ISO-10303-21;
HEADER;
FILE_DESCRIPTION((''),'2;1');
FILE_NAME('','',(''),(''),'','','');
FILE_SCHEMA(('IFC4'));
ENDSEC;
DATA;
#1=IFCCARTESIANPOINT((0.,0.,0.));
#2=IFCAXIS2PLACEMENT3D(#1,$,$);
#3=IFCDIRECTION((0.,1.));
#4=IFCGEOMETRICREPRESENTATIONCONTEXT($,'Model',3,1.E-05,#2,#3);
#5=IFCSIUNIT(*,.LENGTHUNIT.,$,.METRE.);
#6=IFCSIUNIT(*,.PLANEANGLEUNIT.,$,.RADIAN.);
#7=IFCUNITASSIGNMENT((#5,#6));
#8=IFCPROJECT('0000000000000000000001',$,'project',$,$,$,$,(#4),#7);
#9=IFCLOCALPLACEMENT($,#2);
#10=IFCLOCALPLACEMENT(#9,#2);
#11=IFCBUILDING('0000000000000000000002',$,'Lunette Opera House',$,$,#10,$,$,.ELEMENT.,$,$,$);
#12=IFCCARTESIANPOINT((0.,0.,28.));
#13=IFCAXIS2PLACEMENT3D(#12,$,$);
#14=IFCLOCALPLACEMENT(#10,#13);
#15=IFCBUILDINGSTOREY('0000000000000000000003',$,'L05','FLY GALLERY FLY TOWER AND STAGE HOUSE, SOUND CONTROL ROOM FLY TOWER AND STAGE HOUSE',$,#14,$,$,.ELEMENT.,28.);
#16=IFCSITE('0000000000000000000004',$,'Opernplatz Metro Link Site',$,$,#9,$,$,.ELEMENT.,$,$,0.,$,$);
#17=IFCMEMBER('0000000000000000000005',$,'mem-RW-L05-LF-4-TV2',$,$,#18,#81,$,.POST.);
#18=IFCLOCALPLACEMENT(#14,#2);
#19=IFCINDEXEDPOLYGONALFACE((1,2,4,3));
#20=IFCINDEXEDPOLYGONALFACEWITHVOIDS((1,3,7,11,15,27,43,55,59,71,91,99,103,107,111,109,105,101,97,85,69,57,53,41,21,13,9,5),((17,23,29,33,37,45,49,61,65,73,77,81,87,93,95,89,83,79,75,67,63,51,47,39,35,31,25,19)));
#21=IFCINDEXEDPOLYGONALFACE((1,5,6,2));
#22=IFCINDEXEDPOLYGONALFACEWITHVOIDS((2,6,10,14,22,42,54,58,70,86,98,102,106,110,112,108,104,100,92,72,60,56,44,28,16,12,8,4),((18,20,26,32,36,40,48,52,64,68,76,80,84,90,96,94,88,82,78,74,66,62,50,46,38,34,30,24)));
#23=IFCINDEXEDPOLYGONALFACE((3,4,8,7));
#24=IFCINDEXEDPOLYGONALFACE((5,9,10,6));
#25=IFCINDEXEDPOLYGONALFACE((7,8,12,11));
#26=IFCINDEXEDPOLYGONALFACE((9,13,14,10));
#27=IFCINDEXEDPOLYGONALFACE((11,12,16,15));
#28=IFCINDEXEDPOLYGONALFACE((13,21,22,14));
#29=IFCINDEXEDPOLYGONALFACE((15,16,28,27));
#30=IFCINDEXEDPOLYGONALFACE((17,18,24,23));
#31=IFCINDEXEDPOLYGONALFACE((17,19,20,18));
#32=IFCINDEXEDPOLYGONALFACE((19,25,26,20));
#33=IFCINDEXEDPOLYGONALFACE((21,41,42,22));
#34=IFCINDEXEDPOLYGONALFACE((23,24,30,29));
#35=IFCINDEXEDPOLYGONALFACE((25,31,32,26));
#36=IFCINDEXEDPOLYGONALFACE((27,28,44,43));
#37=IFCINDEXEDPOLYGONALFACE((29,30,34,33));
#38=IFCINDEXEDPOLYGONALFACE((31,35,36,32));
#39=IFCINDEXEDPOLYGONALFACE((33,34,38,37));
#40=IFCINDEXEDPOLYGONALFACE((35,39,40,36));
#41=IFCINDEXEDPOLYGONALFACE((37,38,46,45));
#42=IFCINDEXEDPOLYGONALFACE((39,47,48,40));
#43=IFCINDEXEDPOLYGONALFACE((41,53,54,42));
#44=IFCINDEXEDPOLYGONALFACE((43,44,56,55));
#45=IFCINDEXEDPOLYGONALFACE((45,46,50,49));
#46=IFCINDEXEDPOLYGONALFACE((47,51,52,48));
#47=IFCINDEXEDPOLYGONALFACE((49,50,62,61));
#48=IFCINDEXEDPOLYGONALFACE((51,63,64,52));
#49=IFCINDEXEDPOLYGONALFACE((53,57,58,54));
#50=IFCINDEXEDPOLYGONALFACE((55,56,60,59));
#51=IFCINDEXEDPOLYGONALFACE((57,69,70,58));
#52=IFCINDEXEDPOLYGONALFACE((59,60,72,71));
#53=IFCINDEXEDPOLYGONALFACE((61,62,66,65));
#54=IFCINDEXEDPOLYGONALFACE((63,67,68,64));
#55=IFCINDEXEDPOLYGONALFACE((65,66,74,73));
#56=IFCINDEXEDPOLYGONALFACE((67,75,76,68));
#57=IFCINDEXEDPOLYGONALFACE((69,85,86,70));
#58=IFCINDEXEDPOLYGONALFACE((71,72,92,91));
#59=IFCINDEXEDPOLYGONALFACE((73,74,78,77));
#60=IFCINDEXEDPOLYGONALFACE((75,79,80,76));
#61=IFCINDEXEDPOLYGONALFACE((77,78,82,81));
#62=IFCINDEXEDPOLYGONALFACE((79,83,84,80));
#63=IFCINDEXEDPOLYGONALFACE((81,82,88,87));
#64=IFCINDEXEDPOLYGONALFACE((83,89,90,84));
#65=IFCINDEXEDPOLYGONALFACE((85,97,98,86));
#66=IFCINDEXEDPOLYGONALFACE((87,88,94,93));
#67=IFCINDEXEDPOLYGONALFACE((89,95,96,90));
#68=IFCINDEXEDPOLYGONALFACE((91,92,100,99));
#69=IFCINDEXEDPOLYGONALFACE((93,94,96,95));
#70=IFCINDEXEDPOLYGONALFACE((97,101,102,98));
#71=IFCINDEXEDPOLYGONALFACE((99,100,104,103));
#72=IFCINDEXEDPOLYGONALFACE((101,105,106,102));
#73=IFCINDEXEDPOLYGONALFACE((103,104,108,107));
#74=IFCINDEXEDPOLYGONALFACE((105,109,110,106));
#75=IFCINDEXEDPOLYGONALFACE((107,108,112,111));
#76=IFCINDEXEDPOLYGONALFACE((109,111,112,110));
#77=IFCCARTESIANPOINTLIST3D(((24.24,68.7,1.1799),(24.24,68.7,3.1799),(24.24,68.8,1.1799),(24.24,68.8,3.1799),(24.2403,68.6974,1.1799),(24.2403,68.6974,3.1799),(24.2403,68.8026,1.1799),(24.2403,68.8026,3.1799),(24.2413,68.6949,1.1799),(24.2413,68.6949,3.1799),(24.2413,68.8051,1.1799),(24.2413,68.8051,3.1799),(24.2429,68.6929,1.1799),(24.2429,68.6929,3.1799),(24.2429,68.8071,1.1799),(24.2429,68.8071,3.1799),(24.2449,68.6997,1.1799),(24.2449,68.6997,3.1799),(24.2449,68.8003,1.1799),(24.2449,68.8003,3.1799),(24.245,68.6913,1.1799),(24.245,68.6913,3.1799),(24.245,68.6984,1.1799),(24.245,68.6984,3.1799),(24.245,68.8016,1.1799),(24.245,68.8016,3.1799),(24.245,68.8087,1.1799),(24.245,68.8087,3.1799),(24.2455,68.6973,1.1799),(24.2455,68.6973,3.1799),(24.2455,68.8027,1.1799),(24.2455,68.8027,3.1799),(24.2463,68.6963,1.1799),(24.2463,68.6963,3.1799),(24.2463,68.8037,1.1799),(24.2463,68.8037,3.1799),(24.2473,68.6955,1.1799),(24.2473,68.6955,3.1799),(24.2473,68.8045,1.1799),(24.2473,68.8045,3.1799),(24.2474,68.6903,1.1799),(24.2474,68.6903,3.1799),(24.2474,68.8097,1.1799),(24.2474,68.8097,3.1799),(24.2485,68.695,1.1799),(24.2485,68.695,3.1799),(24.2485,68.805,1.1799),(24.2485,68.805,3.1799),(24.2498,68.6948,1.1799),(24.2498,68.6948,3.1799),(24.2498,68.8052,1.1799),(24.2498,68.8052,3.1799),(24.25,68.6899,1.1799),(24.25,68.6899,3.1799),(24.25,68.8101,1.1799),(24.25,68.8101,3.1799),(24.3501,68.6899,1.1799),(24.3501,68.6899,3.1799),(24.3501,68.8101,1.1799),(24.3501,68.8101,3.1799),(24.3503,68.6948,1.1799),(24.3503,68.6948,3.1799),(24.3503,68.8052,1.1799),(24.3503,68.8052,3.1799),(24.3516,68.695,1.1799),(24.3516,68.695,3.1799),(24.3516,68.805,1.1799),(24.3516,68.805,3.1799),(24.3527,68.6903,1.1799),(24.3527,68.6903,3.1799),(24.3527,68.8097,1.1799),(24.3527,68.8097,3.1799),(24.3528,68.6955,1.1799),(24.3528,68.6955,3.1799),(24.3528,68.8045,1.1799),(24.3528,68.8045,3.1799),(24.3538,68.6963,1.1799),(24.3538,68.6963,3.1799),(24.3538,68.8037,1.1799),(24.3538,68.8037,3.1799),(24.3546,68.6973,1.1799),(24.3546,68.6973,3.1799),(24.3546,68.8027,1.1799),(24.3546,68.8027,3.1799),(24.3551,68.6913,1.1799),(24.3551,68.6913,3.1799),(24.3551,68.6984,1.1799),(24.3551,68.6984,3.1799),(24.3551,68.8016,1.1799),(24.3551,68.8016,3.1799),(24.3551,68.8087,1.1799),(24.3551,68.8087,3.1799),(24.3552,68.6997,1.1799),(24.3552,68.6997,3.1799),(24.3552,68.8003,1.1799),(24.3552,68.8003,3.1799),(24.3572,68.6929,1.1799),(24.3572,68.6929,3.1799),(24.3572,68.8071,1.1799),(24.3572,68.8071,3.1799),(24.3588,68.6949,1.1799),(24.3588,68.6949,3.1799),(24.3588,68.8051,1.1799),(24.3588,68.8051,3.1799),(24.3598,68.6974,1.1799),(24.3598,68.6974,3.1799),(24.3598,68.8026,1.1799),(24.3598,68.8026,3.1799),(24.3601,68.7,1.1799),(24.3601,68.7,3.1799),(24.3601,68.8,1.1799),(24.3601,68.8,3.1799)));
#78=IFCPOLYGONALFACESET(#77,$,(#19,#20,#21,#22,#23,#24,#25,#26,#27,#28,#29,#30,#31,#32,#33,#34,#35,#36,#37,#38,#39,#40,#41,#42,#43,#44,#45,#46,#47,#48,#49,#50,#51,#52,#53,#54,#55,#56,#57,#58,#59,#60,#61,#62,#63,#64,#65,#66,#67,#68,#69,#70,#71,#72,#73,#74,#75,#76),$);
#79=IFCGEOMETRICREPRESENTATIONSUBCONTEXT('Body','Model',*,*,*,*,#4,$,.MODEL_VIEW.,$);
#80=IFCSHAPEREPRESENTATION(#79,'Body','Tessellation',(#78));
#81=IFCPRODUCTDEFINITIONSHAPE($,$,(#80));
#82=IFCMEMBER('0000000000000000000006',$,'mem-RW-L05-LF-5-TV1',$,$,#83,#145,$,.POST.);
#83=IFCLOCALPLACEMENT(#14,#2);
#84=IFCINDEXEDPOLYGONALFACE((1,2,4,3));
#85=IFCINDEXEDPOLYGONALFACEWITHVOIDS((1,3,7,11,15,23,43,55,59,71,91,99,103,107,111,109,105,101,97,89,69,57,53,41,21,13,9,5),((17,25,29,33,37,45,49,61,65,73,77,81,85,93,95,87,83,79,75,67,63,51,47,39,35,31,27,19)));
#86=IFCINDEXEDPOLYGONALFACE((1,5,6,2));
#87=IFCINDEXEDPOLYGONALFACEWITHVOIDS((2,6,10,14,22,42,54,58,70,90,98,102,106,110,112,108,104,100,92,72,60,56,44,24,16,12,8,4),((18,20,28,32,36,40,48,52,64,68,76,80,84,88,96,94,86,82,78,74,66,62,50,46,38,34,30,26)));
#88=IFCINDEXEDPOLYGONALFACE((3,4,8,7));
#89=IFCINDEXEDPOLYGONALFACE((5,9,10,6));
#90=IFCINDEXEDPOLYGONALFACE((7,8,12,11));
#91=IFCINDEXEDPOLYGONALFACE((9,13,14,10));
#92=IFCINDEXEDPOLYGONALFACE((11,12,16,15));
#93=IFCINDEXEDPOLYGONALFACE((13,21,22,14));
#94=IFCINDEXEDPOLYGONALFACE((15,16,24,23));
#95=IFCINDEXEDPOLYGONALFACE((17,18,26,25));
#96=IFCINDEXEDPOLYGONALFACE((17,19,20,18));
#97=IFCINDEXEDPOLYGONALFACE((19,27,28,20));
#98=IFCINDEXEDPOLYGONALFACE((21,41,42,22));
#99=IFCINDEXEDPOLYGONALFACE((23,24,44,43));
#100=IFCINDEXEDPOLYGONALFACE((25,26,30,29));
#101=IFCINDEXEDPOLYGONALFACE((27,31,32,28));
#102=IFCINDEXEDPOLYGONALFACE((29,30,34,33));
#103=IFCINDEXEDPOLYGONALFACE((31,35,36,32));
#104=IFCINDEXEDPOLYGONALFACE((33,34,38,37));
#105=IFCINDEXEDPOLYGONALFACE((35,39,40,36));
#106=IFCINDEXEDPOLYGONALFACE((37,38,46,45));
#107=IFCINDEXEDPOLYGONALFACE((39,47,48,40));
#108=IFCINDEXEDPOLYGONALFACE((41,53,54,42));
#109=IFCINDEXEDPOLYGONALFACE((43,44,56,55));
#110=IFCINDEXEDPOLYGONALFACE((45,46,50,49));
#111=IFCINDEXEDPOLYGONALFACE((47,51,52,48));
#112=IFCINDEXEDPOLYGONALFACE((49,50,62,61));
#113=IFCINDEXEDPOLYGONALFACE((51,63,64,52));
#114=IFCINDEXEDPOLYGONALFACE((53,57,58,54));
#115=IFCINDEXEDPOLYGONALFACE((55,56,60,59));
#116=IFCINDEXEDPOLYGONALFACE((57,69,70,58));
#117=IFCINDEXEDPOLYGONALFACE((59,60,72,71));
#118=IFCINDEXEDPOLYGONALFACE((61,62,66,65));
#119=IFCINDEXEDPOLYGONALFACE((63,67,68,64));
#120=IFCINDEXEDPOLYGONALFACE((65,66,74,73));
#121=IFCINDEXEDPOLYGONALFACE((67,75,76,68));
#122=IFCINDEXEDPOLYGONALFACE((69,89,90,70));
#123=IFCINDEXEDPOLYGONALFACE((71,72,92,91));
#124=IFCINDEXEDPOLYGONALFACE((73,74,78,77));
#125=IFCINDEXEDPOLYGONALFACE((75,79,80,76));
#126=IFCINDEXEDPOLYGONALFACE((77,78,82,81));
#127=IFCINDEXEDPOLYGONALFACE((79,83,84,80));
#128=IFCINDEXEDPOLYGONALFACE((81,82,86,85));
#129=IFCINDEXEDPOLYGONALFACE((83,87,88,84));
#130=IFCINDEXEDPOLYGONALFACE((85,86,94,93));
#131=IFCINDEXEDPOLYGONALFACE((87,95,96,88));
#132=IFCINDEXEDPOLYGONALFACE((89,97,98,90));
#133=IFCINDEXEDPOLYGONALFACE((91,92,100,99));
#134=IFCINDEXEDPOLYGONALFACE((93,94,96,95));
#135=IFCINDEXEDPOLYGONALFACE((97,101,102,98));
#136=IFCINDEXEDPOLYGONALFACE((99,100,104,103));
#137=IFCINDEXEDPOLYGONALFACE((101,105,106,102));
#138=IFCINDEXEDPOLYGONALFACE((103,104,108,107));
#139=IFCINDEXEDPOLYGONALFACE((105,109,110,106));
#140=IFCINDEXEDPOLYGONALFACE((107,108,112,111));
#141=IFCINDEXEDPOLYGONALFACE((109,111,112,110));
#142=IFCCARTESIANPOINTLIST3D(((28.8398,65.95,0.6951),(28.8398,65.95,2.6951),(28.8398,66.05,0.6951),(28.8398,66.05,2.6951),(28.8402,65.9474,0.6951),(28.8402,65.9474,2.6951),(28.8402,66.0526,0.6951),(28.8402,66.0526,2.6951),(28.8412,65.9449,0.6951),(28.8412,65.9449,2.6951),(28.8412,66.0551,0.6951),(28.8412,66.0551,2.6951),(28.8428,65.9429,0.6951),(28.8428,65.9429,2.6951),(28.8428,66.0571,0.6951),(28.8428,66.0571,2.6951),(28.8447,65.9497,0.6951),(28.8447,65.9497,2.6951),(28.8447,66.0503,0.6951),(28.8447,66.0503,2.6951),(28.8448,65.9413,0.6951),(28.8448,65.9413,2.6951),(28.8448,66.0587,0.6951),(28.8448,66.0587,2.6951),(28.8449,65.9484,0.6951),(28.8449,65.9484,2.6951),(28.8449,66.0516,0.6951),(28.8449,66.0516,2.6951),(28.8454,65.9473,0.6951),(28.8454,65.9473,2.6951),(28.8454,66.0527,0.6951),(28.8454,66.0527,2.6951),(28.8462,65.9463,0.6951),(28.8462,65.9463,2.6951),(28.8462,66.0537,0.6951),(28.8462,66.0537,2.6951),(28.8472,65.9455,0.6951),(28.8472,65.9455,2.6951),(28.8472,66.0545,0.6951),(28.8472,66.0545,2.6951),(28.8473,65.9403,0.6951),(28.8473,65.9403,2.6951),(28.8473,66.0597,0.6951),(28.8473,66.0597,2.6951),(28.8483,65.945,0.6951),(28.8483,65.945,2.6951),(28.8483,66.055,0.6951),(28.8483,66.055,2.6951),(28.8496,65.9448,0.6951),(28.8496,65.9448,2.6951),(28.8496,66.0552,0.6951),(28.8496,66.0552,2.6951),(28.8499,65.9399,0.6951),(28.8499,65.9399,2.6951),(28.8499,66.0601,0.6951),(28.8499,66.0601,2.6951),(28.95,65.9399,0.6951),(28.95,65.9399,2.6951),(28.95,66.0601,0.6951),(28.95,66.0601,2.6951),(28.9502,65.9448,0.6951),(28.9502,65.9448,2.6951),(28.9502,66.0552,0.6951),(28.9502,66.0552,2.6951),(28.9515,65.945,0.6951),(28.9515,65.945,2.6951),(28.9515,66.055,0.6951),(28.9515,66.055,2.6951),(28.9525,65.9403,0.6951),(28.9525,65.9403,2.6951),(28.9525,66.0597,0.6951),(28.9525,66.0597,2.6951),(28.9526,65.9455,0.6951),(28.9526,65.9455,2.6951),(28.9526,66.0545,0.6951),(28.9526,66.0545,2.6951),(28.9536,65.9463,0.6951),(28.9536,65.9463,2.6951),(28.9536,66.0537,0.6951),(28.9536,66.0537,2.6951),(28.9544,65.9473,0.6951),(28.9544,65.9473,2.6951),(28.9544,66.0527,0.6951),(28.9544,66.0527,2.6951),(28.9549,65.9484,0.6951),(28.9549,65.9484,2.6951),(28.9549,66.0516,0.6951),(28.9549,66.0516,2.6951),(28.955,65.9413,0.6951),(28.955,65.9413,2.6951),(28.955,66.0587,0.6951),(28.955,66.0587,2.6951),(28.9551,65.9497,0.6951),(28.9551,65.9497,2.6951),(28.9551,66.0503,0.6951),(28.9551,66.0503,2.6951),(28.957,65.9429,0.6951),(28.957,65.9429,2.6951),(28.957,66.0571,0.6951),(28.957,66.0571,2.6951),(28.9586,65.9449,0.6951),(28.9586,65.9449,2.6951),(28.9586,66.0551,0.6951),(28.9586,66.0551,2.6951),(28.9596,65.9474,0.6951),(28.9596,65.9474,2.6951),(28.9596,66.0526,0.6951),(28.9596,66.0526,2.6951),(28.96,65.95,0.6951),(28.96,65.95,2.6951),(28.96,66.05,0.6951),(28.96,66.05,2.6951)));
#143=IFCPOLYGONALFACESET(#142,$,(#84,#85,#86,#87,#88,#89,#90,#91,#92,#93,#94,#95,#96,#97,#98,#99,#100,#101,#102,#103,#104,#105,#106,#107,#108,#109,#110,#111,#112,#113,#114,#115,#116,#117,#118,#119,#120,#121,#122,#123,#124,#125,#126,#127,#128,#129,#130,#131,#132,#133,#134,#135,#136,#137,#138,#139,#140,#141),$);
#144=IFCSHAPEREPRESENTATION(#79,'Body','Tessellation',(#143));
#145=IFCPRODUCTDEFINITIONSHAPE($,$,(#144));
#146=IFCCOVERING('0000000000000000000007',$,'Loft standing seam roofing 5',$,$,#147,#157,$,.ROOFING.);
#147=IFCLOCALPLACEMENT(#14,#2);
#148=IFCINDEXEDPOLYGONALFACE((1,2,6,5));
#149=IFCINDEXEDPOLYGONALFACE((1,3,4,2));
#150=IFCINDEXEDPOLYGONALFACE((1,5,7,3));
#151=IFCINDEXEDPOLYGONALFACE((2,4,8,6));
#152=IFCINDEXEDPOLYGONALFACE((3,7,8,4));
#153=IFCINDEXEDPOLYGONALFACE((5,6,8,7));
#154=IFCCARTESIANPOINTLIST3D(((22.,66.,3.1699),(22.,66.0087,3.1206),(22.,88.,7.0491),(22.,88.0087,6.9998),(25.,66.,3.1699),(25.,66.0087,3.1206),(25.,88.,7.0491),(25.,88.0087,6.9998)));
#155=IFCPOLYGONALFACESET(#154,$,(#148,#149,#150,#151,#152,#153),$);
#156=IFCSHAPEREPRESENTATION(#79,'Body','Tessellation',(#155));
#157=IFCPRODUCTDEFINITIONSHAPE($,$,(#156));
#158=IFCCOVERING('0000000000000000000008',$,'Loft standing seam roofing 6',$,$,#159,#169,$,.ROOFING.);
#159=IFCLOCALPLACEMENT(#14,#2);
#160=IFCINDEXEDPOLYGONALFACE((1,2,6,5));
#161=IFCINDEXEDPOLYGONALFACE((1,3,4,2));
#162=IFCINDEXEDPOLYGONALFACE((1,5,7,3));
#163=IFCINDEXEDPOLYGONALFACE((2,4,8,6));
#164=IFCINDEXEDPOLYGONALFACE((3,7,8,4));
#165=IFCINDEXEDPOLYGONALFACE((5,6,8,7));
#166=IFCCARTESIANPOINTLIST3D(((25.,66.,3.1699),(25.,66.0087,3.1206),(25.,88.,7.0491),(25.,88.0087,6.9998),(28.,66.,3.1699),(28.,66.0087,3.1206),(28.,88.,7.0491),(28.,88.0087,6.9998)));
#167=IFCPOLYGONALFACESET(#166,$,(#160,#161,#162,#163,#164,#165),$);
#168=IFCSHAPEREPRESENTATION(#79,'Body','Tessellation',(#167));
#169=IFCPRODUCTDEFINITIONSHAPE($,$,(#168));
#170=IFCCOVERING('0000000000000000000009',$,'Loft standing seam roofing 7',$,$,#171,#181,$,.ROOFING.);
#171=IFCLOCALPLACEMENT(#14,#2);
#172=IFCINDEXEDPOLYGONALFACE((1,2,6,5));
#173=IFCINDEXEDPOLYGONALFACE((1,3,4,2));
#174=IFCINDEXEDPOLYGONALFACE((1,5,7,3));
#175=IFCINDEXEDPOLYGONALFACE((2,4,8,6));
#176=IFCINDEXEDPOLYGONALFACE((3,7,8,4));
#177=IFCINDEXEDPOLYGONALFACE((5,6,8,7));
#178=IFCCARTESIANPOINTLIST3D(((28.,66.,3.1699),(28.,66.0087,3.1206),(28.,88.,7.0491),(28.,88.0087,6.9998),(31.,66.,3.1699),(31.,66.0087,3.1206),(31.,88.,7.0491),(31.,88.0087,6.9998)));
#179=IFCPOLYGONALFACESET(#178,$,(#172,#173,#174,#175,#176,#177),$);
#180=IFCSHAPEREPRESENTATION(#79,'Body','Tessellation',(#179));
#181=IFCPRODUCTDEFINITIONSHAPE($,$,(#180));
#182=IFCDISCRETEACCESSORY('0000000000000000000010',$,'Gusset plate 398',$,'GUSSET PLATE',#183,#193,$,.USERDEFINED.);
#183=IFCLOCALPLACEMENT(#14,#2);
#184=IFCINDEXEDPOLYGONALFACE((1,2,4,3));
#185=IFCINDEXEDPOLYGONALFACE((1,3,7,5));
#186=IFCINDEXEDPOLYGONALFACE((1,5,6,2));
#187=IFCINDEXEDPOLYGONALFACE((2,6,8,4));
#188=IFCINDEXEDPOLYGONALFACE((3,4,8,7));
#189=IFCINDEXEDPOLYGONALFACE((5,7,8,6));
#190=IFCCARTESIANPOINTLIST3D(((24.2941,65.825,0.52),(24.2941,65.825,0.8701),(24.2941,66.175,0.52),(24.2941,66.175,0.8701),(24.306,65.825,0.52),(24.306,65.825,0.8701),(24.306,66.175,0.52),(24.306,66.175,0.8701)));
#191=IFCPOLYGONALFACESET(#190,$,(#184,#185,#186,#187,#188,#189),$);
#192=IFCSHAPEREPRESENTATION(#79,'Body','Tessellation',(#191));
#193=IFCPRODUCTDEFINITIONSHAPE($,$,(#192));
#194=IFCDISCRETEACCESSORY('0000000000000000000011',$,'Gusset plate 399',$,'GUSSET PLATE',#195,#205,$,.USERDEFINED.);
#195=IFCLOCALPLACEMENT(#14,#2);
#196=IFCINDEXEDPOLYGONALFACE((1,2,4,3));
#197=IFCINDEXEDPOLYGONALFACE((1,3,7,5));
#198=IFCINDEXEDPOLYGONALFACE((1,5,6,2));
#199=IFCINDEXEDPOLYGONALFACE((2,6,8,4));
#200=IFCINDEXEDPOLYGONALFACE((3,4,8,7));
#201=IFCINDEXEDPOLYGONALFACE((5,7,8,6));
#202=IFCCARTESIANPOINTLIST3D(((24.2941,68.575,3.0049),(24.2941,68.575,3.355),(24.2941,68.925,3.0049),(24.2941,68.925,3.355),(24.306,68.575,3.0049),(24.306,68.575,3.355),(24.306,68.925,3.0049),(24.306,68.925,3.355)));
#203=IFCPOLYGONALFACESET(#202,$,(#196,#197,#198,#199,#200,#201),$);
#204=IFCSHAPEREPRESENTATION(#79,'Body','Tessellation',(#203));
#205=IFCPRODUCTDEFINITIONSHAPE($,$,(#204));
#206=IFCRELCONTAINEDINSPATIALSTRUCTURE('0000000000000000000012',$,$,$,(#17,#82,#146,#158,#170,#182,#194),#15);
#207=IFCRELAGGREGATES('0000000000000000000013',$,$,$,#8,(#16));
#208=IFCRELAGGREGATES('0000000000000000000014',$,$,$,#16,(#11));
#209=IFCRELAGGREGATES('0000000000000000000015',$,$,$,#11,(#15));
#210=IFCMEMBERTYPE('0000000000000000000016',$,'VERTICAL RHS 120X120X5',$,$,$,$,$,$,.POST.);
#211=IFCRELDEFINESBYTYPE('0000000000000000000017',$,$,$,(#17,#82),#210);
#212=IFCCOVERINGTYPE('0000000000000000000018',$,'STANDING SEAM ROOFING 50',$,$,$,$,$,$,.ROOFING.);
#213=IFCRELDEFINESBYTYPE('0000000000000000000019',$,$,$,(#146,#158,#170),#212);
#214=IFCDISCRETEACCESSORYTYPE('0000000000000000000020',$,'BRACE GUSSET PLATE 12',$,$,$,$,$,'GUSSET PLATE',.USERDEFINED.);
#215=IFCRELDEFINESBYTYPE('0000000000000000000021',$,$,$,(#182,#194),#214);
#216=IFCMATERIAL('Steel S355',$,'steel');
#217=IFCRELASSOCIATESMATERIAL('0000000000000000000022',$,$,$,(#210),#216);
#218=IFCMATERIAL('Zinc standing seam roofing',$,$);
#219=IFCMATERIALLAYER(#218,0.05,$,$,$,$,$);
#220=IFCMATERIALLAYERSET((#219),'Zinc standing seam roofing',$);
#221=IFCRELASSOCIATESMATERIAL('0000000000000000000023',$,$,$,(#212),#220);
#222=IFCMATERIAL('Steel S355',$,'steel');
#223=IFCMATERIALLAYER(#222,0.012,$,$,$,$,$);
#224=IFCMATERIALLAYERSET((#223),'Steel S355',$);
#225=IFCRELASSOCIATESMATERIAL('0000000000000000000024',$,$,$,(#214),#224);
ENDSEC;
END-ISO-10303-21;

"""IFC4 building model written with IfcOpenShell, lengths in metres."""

from ifc_helpers import new_model, si_unit, direction, frame, origin, origin_2d, place, context, subcontext, project, spatial, polyline, rectangle, hollow_rectangle, outline, extrude, material, layer, layer_set, material_profile, profile_set, type_object, element, save


model = new_model("IFC4")

# Units and contexts
model_context = context("Model", 3, precision=1e-05, world=origin(), true_north=direction((0.0, 1.0)))
body_context = subcontext(model_context, "Body", "Model", "MODEL_VIEW")
ifc_project = project(units=[si_unit("LENGTHUNIT", "METRE"), si_unit("PLANEANGLEUNIT", "RADIAN")], contexts=[model_context])

# Site, building, storey
site_placement = place(None, origin())
site = spatial("IfcSite", under=ifc_project, at=site_placement, Name="Opernplatz Metro Link Site", CompositionType="ELEMENT", RefElevation=0.0)
building_placement = place(site_placement, origin())
building = spatial("IfcBuilding", under=site, at=building_placement, Name="Lunette Opera House", CompositionType="ELEMENT")
storey_placement = place(building_placement, frame((0.0, 0.0, 28.0)))
storey = spatial("IfcBuildingStorey", under=building, at=storey_placement, Name="L05", Description="FLY GALLERY FLY TOWER AND STAGE HOUSE, SOUND CONTROL ROOM FLY TOWER AND STAGE HOUSE", CompositionType="ELEMENT", Elevation=28.0)

# Members
ifc_material_1 = material(Name="Steel S355", Category="steel")
ifc_material_profile_1 = material_profile(ifc_material_1, hollow_rectangle(XDim=0.1201, YDim=0.1201, WallThickness=0.0049, InnerFilletRadius=0.0049, OuterFilletRadius=0.01, at=origin_2d()), Name="RHS 120X120X5")
ifc_profile_set_1 = profile_set([ifc_material_profile_1], Name="Steel S355")
member_type_1 = type_object("IfcMemberType", Name="VERTICAL RHS 120X120X5", PredefinedType="POST", material=ifc_profile_set_1)
for number, where, z_axis, x_axis, name in (
    (1, (24.3, 68.75, 1.1799), (0.0, 0.0, 1.0), (1.0, 0.0, 0.0), "mem-RW-L05-LF-4-TV2"),
    (2, (28.8999, 66.0, 0.6951), (0.0, 0.0, 1.0), (1.0, 0.0, 0.0), "mem-RW-L05-LF-5-TV1"),
):
    element("IfcMember", number, at=place(storey_placement, frame(where, z_axis=z_axis, x_axis=x_axis)), inside=storey, type_object=member_type_1, Name=name, PredefinedType="POST", context=body_context, shape_type="SweptSolid", body=[
        extrude(hollow_rectangle(XDim=0.1201, YDim=0.1201, WallThickness=0.0049, InnerFilletRadius=0.0049, OuterFilletRadius=0.01, at=origin_2d()), origin(), (0.0, 0.0, 1.0), 2.0),
    ])

# Coverings
ifc_material_2 = material(Name="Zinc standing seam roofing")
ifc_layer_1 = layer(ifc_material_2, 0.05)
ifc_layer_set_1 = layer_set([ifc_layer_1], Name="Zinc standing seam roofing")
covering_type = type_object("IfcCoveringType", Name="STANDING SEAM ROOFING 50", PredefinedType="ROOFING", material=ifc_layer_set_1)
for number, where, z_axis, x_axis, name in (
    (3, (22.0, 66.0, 3.1699), (0.0, -0.173646, 0.984808), (1.0, 0.0, 0.0), "Loft standing seam roofing 5"),
    (4, (25.0, 66.0, 3.1699), (0.0, -0.173646, 0.984808), (1.0, 0.0, 0.0), "Loft standing seam roofing 6"),
    (5, (28.0, 66.0, 3.1699), (0.0, -0.173646, 0.984808), (1.0, 0.0, 0.0), "Loft standing seam roofing 7"),
):
    element("IfcCovering", number, at=place(storey_placement, frame(where, z_axis=z_axis, x_axis=x_axis)), inside=storey, type_object=covering_type, Name=name, PredefinedType="ROOFING", context=body_context, shape_type="SweptSolid", body=[
        extrude(outline(polyline([(0.0, 0.0), (3.0, 0.0), (3.0, 22.3394), (0.0, 22.3394), (0.0, 0.0)])), origin(), (0.0, 0.0, -1.0), 0.05),
    ])

# Discrete accessories
ifc_material_3 = material(Name="Steel S355", Category="steel")
ifc_layer_2 = layer(ifc_material_3, 0.012)
ifc_layer_set_2 = layer_set([ifc_layer_2], Name="Steel S355")
discrete_accessory_type = type_object("IfcDiscreteAccessoryType", Name="BRACE GUSSET PLATE 12", ElementType="GUSSET PLATE", PredefinedType="USERDEFINED", material=ifc_layer_set_2)
for number, where, z_axis, x_axis, name in (
    (6, (24.3, 66.0, 0.52), (0.0, 0.0, 1.0), (0.0, 1.0, 0.0), "Gusset plate 398"),
    (7, (24.3, 68.75, 3.0049), (0.0, 0.0, 1.0), (0.0, 1.0, 0.0), "Gusset plate 399"),
):
    element("IfcDiscreteAccessory", number, at=place(storey_placement, frame(where, z_axis=z_axis, x_axis=x_axis)), inside=storey, type_object=discrete_accessory_type, Name=name, ObjectType="GUSSET PLATE", PredefinedType="USERDEFINED", context=body_context, shape_type="SweptSolid", body=[
        extrude(rectangle(XDim=0.3501, YDim=0.012, at=origin_2d()), origin(), (0.0, 0.0, 1.0), 0.3501),
    ])

save(model, "model.ifc")
